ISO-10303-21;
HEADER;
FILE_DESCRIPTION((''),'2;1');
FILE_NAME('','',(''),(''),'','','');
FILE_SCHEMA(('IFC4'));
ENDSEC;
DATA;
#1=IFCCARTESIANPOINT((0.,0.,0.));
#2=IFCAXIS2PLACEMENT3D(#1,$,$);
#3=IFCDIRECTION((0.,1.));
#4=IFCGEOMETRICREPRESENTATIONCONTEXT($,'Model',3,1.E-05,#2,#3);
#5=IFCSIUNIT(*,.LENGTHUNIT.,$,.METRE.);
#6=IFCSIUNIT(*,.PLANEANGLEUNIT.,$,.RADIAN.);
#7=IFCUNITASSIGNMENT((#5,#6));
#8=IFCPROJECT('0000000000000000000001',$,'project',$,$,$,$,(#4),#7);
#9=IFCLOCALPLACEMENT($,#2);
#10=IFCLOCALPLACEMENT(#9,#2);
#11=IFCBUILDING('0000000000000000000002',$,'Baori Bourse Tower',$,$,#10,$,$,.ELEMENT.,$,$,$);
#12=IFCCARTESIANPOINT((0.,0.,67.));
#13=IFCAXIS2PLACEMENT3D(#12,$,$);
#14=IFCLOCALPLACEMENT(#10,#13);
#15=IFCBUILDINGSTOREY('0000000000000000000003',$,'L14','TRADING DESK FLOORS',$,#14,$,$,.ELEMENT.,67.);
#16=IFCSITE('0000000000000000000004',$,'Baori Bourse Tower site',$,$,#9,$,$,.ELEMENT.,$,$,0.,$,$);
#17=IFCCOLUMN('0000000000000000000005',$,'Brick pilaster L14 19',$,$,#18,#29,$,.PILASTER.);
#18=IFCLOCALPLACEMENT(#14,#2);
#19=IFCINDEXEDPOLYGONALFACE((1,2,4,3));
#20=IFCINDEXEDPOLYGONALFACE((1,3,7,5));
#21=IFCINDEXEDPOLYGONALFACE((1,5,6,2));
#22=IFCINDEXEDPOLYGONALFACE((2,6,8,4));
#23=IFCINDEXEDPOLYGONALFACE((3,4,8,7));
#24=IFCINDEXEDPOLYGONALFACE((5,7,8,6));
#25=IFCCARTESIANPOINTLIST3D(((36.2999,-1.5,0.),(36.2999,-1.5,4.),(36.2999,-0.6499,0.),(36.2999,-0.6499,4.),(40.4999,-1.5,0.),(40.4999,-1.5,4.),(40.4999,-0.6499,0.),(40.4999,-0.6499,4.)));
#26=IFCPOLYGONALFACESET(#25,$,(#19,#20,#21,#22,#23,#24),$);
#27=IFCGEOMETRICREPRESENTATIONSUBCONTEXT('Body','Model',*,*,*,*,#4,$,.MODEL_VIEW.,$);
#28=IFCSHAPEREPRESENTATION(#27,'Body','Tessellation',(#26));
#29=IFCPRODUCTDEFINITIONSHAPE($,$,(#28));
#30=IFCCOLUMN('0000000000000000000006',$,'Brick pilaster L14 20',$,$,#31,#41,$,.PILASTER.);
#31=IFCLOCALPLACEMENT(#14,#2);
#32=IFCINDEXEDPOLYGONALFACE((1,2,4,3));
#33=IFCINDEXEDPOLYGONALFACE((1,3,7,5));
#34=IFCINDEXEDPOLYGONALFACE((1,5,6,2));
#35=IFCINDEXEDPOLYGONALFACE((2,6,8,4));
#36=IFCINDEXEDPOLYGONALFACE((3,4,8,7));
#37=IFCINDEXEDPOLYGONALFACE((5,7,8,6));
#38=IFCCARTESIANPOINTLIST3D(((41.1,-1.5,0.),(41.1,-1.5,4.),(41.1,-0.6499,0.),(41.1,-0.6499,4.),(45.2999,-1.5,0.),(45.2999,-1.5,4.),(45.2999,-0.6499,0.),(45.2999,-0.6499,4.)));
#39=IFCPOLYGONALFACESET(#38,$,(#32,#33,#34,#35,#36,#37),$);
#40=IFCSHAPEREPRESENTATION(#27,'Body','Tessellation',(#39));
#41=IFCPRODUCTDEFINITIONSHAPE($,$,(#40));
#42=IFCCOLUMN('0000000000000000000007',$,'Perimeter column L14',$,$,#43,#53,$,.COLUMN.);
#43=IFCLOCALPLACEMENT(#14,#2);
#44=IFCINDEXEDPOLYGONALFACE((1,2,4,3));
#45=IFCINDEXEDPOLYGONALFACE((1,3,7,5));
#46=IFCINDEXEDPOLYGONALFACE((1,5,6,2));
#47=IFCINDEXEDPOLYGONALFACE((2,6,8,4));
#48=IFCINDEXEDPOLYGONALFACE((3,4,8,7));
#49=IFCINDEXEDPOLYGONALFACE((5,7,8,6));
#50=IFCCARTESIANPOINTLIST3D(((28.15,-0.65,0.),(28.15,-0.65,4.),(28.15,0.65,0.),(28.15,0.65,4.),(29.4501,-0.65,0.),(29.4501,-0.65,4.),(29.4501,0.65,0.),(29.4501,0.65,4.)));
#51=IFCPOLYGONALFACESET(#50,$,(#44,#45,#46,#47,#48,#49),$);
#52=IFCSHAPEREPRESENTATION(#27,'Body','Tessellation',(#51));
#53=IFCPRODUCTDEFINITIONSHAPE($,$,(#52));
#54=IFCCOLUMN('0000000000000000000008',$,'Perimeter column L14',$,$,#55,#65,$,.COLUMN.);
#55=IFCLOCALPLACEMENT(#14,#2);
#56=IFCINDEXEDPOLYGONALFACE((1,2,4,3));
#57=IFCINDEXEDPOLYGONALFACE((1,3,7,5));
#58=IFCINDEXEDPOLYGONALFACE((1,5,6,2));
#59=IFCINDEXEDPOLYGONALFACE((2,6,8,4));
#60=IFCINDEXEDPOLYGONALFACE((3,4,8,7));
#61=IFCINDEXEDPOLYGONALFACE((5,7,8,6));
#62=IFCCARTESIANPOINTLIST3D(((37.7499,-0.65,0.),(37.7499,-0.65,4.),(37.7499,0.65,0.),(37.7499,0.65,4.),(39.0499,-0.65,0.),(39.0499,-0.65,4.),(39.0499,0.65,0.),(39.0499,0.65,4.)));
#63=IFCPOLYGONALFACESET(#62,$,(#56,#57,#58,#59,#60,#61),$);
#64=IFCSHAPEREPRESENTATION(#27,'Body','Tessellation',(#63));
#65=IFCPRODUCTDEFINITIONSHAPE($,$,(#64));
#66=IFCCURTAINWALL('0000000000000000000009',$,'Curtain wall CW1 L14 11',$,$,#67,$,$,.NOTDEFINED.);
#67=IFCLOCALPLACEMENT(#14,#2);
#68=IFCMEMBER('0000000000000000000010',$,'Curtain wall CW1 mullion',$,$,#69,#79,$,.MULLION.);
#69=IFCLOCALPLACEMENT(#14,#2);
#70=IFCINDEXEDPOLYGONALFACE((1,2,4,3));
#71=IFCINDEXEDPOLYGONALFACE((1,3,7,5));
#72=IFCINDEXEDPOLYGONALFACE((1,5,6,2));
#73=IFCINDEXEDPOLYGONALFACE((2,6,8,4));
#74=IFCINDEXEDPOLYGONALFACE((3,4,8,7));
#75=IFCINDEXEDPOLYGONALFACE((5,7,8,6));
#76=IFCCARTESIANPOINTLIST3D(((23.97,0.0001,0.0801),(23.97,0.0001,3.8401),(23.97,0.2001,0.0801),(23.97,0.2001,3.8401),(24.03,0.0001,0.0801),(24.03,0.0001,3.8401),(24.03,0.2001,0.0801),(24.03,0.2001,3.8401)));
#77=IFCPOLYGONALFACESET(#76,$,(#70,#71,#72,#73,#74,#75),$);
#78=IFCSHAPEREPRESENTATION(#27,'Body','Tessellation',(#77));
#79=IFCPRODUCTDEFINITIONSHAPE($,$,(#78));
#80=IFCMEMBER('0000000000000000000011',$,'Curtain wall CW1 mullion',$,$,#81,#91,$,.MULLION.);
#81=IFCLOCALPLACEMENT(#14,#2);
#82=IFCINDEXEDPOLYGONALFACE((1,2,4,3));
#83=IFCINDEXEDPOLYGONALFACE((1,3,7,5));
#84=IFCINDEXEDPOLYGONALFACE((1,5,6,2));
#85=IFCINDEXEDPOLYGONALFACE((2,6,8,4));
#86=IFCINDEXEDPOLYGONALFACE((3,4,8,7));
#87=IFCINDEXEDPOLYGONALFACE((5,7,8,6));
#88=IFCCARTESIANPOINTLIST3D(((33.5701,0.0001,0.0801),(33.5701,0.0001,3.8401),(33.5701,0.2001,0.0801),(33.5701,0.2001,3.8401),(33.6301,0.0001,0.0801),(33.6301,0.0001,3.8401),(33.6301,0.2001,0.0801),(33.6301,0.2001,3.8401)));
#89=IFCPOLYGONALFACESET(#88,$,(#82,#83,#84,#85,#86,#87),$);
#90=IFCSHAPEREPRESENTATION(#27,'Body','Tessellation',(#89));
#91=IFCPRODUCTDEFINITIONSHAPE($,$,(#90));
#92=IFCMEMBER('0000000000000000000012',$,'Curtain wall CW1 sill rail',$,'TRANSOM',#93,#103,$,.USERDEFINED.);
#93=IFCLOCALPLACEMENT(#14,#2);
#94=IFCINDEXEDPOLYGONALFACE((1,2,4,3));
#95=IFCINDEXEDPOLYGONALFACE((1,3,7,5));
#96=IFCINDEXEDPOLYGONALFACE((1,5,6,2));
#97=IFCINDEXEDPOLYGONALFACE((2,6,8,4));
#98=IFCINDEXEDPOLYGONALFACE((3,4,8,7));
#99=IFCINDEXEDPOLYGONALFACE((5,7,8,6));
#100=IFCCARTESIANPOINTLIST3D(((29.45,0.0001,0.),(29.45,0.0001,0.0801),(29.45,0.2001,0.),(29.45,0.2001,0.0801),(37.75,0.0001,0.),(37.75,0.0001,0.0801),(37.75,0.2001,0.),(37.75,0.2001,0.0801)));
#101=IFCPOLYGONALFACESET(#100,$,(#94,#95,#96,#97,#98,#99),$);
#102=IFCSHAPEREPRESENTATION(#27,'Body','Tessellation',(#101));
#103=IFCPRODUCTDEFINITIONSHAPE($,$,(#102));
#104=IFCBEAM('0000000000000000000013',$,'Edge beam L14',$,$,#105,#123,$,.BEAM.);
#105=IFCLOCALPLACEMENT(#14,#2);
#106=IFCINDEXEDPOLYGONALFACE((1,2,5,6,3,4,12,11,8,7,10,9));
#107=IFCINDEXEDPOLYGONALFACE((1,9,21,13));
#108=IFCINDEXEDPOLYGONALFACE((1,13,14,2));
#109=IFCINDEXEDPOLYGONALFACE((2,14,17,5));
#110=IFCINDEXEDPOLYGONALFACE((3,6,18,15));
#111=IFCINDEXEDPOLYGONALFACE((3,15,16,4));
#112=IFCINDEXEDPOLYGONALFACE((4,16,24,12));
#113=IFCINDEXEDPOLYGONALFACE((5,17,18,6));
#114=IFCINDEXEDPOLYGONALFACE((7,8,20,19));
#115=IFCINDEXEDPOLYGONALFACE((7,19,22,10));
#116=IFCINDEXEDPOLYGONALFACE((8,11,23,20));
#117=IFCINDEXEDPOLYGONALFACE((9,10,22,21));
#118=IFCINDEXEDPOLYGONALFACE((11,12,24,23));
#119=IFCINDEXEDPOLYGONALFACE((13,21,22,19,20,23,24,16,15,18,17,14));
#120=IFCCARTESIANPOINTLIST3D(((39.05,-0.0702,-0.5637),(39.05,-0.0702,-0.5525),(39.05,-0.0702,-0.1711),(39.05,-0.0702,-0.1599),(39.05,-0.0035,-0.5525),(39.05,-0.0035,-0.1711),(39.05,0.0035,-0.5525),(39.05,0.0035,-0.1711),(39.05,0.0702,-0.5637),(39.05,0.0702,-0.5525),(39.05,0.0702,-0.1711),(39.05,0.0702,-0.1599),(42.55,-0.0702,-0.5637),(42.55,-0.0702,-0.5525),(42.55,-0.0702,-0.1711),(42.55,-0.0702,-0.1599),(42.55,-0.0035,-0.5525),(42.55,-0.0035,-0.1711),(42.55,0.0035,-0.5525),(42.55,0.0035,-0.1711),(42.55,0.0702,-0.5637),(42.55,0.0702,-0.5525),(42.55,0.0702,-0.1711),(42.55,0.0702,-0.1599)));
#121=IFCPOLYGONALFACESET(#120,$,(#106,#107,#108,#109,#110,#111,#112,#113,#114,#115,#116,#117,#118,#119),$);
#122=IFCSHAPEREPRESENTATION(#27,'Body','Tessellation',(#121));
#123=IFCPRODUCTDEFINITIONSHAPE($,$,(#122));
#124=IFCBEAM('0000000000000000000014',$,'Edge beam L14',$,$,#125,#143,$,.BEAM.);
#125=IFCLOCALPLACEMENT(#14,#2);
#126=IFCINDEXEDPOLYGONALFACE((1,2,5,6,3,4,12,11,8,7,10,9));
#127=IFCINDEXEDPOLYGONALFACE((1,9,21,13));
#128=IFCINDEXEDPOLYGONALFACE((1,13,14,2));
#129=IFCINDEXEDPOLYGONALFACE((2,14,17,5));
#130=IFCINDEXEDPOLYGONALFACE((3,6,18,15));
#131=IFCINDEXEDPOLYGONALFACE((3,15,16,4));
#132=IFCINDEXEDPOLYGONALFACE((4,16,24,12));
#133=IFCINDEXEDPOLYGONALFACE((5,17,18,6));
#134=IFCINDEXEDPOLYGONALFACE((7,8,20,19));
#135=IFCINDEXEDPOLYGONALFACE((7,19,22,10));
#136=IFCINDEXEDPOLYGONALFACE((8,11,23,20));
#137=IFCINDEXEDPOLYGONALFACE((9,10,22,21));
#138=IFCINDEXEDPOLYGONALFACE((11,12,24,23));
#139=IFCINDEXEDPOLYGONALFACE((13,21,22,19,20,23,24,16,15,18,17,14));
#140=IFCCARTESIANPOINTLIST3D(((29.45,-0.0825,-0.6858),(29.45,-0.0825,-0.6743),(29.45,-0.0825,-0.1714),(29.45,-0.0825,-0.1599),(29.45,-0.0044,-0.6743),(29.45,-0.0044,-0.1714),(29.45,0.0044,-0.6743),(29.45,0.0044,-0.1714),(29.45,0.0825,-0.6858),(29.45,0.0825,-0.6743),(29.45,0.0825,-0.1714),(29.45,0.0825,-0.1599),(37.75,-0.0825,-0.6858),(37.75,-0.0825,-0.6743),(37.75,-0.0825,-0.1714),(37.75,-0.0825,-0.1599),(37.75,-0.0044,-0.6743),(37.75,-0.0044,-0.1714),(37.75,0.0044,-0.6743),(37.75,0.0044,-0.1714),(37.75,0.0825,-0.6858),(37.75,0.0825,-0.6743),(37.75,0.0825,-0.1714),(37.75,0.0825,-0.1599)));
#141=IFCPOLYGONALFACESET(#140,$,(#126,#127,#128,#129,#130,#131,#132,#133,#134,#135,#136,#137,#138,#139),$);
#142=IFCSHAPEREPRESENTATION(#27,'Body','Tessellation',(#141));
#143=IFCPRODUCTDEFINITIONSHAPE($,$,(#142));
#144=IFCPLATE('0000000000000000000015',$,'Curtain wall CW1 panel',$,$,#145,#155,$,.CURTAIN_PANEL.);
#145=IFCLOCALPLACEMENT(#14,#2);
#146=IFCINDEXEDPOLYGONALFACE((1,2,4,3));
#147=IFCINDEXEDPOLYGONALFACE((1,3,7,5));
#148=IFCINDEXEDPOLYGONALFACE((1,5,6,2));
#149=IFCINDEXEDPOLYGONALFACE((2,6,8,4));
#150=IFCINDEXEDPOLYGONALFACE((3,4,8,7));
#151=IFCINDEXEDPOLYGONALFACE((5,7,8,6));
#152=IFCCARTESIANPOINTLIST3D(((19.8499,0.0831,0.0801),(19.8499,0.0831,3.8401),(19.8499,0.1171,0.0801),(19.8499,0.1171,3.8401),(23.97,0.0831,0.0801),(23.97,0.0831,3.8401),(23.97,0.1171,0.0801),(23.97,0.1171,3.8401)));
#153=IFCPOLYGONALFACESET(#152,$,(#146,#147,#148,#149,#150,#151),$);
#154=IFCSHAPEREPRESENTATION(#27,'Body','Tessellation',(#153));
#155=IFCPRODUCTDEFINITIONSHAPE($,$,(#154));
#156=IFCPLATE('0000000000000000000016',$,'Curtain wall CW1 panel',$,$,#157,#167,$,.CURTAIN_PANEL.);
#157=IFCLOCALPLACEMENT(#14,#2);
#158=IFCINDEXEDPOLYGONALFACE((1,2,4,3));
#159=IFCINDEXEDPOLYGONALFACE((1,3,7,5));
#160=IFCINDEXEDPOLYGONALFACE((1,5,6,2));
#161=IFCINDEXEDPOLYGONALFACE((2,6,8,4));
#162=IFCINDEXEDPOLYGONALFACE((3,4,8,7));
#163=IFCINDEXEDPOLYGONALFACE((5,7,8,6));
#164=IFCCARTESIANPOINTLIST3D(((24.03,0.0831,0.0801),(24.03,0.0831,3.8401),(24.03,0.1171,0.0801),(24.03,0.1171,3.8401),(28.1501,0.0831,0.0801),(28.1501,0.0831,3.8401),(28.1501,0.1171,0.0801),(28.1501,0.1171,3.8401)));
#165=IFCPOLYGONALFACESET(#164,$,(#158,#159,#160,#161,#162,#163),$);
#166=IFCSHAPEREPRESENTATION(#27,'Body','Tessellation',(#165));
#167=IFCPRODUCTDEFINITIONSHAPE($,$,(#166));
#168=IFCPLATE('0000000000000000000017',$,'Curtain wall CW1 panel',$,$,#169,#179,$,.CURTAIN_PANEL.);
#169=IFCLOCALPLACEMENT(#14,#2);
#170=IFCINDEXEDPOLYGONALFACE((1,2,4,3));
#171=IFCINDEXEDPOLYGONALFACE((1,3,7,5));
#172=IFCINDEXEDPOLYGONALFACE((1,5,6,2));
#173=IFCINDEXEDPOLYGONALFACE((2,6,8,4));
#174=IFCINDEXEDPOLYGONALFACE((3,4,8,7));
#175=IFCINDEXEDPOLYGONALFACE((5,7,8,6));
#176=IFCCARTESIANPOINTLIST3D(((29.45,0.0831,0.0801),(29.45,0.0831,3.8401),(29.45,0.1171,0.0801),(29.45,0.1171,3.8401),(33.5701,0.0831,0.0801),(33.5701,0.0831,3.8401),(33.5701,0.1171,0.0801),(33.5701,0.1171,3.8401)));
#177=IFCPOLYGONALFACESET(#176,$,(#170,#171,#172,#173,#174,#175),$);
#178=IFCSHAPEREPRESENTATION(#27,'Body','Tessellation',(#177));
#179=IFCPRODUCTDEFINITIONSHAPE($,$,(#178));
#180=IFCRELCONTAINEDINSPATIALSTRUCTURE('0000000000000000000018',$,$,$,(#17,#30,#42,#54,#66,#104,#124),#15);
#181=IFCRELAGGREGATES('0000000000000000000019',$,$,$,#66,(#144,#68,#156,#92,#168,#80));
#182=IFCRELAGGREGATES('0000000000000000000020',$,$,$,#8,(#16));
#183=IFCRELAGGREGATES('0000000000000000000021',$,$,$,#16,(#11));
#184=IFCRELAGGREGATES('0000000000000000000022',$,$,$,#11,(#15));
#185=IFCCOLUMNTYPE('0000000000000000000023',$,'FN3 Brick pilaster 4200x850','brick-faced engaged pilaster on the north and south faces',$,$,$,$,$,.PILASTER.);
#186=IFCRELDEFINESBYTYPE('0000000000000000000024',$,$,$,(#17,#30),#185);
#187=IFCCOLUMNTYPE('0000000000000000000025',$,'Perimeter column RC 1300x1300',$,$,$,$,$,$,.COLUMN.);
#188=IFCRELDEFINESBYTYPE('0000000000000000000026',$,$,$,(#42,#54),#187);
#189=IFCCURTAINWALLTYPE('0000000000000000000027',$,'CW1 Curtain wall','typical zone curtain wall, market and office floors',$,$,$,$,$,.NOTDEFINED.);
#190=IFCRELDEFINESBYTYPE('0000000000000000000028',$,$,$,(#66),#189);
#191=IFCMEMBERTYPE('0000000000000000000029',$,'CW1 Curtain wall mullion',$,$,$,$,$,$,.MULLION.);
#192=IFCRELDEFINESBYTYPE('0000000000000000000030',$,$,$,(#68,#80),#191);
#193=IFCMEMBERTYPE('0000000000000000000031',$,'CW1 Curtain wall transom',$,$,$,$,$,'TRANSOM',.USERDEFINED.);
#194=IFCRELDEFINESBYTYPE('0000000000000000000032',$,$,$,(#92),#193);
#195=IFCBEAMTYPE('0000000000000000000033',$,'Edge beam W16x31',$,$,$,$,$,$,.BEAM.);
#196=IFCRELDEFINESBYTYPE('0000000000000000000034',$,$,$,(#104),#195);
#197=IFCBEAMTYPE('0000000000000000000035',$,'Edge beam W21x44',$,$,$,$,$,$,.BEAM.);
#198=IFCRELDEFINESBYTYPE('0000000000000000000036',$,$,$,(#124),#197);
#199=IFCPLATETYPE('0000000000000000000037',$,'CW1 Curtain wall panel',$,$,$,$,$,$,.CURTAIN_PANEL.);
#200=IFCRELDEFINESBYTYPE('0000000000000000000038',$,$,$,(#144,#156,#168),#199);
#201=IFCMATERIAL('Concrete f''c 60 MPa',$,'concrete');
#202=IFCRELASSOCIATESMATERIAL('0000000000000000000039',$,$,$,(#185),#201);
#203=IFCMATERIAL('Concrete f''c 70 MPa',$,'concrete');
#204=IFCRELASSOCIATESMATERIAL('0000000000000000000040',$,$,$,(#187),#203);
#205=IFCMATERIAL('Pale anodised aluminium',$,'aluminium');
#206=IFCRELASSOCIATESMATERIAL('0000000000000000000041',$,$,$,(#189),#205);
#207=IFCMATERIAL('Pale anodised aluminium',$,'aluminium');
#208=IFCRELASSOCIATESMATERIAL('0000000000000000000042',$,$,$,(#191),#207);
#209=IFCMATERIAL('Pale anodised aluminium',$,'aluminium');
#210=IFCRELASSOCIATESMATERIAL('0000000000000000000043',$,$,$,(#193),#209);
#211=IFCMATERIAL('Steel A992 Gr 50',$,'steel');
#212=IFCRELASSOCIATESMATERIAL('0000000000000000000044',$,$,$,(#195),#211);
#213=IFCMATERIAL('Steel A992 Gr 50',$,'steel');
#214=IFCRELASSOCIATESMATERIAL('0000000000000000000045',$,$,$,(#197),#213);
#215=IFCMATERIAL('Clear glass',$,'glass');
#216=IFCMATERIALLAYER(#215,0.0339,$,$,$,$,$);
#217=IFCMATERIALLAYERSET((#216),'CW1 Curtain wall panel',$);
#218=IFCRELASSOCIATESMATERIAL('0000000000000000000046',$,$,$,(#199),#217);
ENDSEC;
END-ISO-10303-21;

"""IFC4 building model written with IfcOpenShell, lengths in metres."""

from ifc_helpers import new_model, si_unit, direction, frame, origin, origin_2d, place, context, subcontext, project, spatial, rectangle, i_section, extrude, material, layer, layer_set, material_profile, profile_set, type_object, element, aggregate, save


model = new_model("IFC4")

# Units and contexts
model_context = context("Model", 3, precision=1e-05, world=origin(), true_north=direction((0.0, 1.0)))
body_context = subcontext(model_context, "Body", "Model", "MODEL_VIEW")
ifc_project = project(units=[si_unit("LENGTHUNIT", "METRE"), si_unit("PLANEANGLEUNIT", "RADIAN")], contexts=[model_context])

# Site, building, storey
site_placement = place(None, origin())
site = spatial("IfcSite", under=ifc_project, at=site_placement, Name="Baori Bourse Tower site", CompositionType="ELEMENT", RefElevation=0.0)
building_placement = place(site_placement, origin())
building = spatial("IfcBuilding", under=site, at=building_placement, Name="Baori Bourse Tower", CompositionType="ELEMENT")
storey_placement = place(building_placement, frame((0.0, 0.0, 67.0)))
storey = spatial("IfcBuildingStorey", under=building, at=storey_placement, Name="L14", Description="TRADING DESK FLOORS", CompositionType="ELEMENT", Elevation=67.0)

# Columns
ifc_material_1 = material(Name="Concrete f'c 60 MPa", Category="concrete")
ifc_material_profile_1 = material_profile(ifc_material_1, rectangle(XDim=4.2, YDim=0.8501, at=origin_2d()), Name="RC 4200x850")
ifc_profile_set_1 = profile_set([ifc_material_profile_1], Name="Concrete f'c 60 MPa")
column_type_1 = type_object("IfcColumnType", Name="FN3 Brick pilaster 4200x850", Description="brick-faced engaged pilaster on the north and south faces", PredefinedType="PILASTER", material=ifc_profile_set_1)
for number, where, z_axis, x_axis, name in (
    (1, (38.3999, -1.075, 0.0), (0.0, 0.0, 1.0), (1.0, 0.0, 0.0), "Brick pilaster L14 19"),
    (2, (43.2, -1.075, 0.0), (0.0, 0.0, 1.0), (1.0, 0.0, 0.0), "Brick pilaster L14 20"),
):
    element("IfcColumn", number, at=place(storey_placement, frame(where, z_axis=z_axis, x_axis=x_axis)), inside=storey, type_object=column_type_1, Name=name, PredefinedType="PILASTER", context=body_context, shape_type="SweptSolid", body=[
        extrude(rectangle(XDim=4.2, YDim=0.8501, at=origin_2d()), origin(), (0.0, 0.0, 1.0), 4.0),
    ])
ifc_material_2 = material(Name="Concrete f'c 70 MPa", Category="concrete")
ifc_material_profile_2 = material_profile(ifc_material_2, rectangle(XDim=1.3, YDim=1.3, at=origin_2d()), Name="RC 1300x1300")
ifc_profile_set_2 = profile_set([ifc_material_profile_2], Name="Concrete f'c 70 MPa")
column_type_2 = type_object("IfcColumnType", Name="Perimeter column RC 1300x1300", PredefinedType="COLUMN", material=ifc_profile_set_2)
for number, where, z_axis, x_axis, name in (
    (3, (28.8, 0.0, 0.0), (0.0, 0.0, 1.0), (1.0, 0.0, 0.0), "Perimeter column L14"),
    (4, (38.3999, 0.0, 0.0), (0.0, 0.0, 1.0), (1.0, 0.0, 0.0), "Perimeter column L14"),
):
    element("IfcColumn", number, at=place(storey_placement, frame(where, z_axis=z_axis, x_axis=x_axis)), inside=storey, type_object=column_type_2, Name=name, PredefinedType="COLUMN", context=body_context, shape_type="SweptSolid", body=[
        extrude(rectangle(XDim=1.3, YDim=1.3, at=origin_2d()), origin(), (0.0, 0.0, 1.0), 4.0),
    ])

# Curtain wall, members
ifc_material_3 = material(Name="Pale anodised aluminium", Category="aluminium")
curtain_wall_type = type_object("IfcCurtainWallType", Name="CW1 Curtain wall", Description="typical zone curtain wall, market and office floors", PredefinedType="NOTDEFINED", material=ifc_material_3)
curtain_wall_placement = place(storey_placement, origin())
curtain_wall = element("IfcCurtainWall", 5, at=curtain_wall_placement, inside=storey, type_object=curtain_wall_type, Name="Curtain wall CW1 L14 11", PredefinedType="NOTDEFINED")
ifc_material_4 = material(Name="Pale anodised aluminium", Category="aluminium")
ifc_material_profile_3 = material_profile(ifc_material_4, rectangle(XDim=0.2, YDim=0.0601, at=origin_2d()), Name="Mullion 60x200")
ifc_profile_set_3 = profile_set([ifc_material_profile_3], Name="Pale anodised aluminium")
member_type_1 = type_object("IfcMemberType", Name="CW1 Curtain wall mullion", PredefinedType="MULLION", material=ifc_profile_set_3)
member_1_placement = place(storey_placement, frame((24.0, 0.1001, 0.0801), z_axis=(0.0, 0.0, 1.0), x_axis=(0.0, 1.0, 0.0)))
member_1 = element("IfcMember", 6, at=member_1_placement, type_object=member_type_1, Name="Curtain wall CW1 mullion", PredefinedType="MULLION", context=body_context, shape_type="SweptSolid", body=[
    extrude(rectangle(XDim=0.2, YDim=0.0601, at=origin_2d()), origin(), (0.0, 0.0, 1.0), 3.76),
])
member_2_placement = place(storey_placement, frame((33.6001, 0.1001, 0.0801), z_axis=(0.0, 0.0, 1.0), x_axis=(0.0, 1.0, 0.0)))
member_2 = element("IfcMember", 7, at=member_2_placement, type_object=member_type_1, Name="Curtain wall CW1 mullion", PredefinedType="MULLION", context=body_context, shape_type="SweptSolid", body=[
    extrude(rectangle(XDim=0.2, YDim=0.0601, at=origin_2d()), origin(), (0.0, 0.0, 1.0), 3.76),
])
ifc_material_5 = material(Name="Pale anodised aluminium", Category="aluminium")
ifc_material_profile_4 = material_profile(ifc_material_5, rectangle(XDim=0.2, YDim=0.0801, at=origin_2d()), Name="Transom 80x200")
ifc_profile_set_4 = profile_set([ifc_material_profile_4], Name="Pale anodised aluminium")
member_type_2 = type_object("IfcMemberType", Name="CW1 Curtain wall transom", ElementType="TRANSOM", PredefinedType="USERDEFINED", material=ifc_profile_set_4)
member_3_placement = place(storey_placement, frame((29.45, 0.1001, 0.04), z_axis=(1.0, 0.0, 0.0), x_axis=(0.0, 1.0, 0.0)))
member_3 = element("IfcMember", 8, at=member_3_placement, type_object=member_type_2, Name="Curtain wall CW1 sill rail", ObjectType="TRANSOM", PredefinedType="USERDEFINED", context=body_context, shape_type="SweptSolid", body=[
    extrude(rectangle(XDim=0.2, YDim=0.0801, at=origin_2d()), origin(), (0.0, 0.0, 1.0), 8.3),
])

# Beams
ifc_material_6 = material(Name="Steel A992 Gr 50", Category="steel")
ifc_material_profile_5 = material_profile(ifc_material_6, i_section(OverallWidth=0.1404, OverallDepth=0.4038, WebThickness=0.0071, FlangeThickness=0.0112, at=origin_2d()), Name="W16x31")
ifc_profile_set_5 = profile_set([ifc_material_profile_5], Name="Steel A992 Gr 50")
beam_type_1 = type_object("IfcBeamType", Name="Edge beam W16x31", PredefinedType="BEAM", material=ifc_profile_set_5)
beam_1_placement = place(storey_placement, frame((39.05, 0.0, -0.3618), z_axis=(1.0, 0.0, 0.0), x_axis=(0.0, 1.0, 0.0)))
element("IfcBeam", 9, at=beam_1_placement, inside=storey, type_object=beam_type_1, Name="Edge beam L14", PredefinedType="BEAM", context=body_context, shape_type="SweptSolid", body=[
    extrude(i_section(OverallWidth=0.1404, OverallDepth=0.4038, WebThickness=0.0071, FlangeThickness=0.0112, at=origin_2d()), origin(), (0.0, 0.0, 1.0), 3.5),
])
ifc_material_7 = material(Name="Steel A992 Gr 50", Category="steel")
ifc_material_profile_6 = material_profile(ifc_material_7, i_section(OverallWidth=0.165, OverallDepth=0.5259, WebThickness=0.0088, FlangeThickness=0.0115, at=origin_2d()), Name="W21x44")
ifc_profile_set_6 = profile_set([ifc_material_profile_6], Name="Steel A992 Gr 50")
beam_type_2 = type_object("IfcBeamType", Name="Edge beam W21x44", PredefinedType="BEAM", material=ifc_profile_set_6)
beam_2_placement = place(storey_placement, frame((29.45, 0.0, -0.4229), z_axis=(1.0, 0.0, 0.0), x_axis=(0.0, 1.0, 0.0)))
element("IfcBeam", 10, at=beam_2_placement, inside=storey, type_object=beam_type_2, Name="Edge beam L14", PredefinedType="BEAM", context=body_context, shape_type="SweptSolid", body=[
    extrude(i_section(OverallWidth=0.165, OverallDepth=0.5259, WebThickness=0.0088, FlangeThickness=0.0115, at=origin_2d()), origin(), (0.0, 0.0, 1.0), 8.3),
])

# Plates
ifc_material_8 = material(Name="Clear glass", Category="glass")
ifc_layer_1 = layer(ifc_material_8, 0.0339)
ifc_layer_set_1 = layer_set([ifc_layer_1], Name="CW1 Curtain wall panel")
plate_type = type_object("IfcPlateType", Name="CW1 Curtain wall panel", PredefinedType="CURTAIN_PANEL", material=ifc_layer_set_1)
plate_1_placement = place(storey_placement, frame((21.9099, 0.1001, 0.0801), z_axis=(0.0, 0.0, 1.0), x_axis=(1.0, 0.0, 0.0)))
plate_1 = element("IfcPlate", 11, at=plate_1_placement, type_object=plate_type, Name="Curtain wall CW1 panel", PredefinedType="CURTAIN_PANEL", context=body_context, shape_type="SweptSolid", body=[
    extrude(rectangle(XDim=4.1201, YDim=0.0339, at=origin_2d()), origin(), (0.0, 0.0, 1.0), 3.76),
])
plate_2_placement = place(storey_placement, frame((26.0901, 0.1001, 0.0801), z_axis=(0.0, 0.0, 1.0), x_axis=(1.0, 0.0, 0.0)))
plate_2 = element("IfcPlate", 12, at=plate_2_placement, type_object=plate_type, Name="Curtain wall CW1 panel", PredefinedType="CURTAIN_PANEL", context=body_context, shape_type="SweptSolid", body=[
    extrude(rectangle(XDim=4.1201, YDim=0.0339, at=origin_2d()), origin(), (0.0, 0.0, 1.0), 3.76),
])
plate_3_placement = place(storey_placement, frame((31.51, 0.1001, 0.0801), z_axis=(0.0, 0.0, 1.0), x_axis=(1.0, 0.0, 0.0)))
plate_3 = element("IfcPlate", 13, at=plate_3_placement, type_object=plate_type, Name="Curtain wall CW1 panel", PredefinedType="CURTAIN_PANEL", context=body_context, shape_type="SweptSolid", body=[
    extrude(rectangle(XDim=4.1201, YDim=0.0339, at=origin_2d()), origin(), (0.0, 0.0, 1.0), 3.76),
])
aggregate(curtain_wall, [plate_1, member_1, plate_2, member_3, plate_3, member_2])

save(model, "model.ifc")
